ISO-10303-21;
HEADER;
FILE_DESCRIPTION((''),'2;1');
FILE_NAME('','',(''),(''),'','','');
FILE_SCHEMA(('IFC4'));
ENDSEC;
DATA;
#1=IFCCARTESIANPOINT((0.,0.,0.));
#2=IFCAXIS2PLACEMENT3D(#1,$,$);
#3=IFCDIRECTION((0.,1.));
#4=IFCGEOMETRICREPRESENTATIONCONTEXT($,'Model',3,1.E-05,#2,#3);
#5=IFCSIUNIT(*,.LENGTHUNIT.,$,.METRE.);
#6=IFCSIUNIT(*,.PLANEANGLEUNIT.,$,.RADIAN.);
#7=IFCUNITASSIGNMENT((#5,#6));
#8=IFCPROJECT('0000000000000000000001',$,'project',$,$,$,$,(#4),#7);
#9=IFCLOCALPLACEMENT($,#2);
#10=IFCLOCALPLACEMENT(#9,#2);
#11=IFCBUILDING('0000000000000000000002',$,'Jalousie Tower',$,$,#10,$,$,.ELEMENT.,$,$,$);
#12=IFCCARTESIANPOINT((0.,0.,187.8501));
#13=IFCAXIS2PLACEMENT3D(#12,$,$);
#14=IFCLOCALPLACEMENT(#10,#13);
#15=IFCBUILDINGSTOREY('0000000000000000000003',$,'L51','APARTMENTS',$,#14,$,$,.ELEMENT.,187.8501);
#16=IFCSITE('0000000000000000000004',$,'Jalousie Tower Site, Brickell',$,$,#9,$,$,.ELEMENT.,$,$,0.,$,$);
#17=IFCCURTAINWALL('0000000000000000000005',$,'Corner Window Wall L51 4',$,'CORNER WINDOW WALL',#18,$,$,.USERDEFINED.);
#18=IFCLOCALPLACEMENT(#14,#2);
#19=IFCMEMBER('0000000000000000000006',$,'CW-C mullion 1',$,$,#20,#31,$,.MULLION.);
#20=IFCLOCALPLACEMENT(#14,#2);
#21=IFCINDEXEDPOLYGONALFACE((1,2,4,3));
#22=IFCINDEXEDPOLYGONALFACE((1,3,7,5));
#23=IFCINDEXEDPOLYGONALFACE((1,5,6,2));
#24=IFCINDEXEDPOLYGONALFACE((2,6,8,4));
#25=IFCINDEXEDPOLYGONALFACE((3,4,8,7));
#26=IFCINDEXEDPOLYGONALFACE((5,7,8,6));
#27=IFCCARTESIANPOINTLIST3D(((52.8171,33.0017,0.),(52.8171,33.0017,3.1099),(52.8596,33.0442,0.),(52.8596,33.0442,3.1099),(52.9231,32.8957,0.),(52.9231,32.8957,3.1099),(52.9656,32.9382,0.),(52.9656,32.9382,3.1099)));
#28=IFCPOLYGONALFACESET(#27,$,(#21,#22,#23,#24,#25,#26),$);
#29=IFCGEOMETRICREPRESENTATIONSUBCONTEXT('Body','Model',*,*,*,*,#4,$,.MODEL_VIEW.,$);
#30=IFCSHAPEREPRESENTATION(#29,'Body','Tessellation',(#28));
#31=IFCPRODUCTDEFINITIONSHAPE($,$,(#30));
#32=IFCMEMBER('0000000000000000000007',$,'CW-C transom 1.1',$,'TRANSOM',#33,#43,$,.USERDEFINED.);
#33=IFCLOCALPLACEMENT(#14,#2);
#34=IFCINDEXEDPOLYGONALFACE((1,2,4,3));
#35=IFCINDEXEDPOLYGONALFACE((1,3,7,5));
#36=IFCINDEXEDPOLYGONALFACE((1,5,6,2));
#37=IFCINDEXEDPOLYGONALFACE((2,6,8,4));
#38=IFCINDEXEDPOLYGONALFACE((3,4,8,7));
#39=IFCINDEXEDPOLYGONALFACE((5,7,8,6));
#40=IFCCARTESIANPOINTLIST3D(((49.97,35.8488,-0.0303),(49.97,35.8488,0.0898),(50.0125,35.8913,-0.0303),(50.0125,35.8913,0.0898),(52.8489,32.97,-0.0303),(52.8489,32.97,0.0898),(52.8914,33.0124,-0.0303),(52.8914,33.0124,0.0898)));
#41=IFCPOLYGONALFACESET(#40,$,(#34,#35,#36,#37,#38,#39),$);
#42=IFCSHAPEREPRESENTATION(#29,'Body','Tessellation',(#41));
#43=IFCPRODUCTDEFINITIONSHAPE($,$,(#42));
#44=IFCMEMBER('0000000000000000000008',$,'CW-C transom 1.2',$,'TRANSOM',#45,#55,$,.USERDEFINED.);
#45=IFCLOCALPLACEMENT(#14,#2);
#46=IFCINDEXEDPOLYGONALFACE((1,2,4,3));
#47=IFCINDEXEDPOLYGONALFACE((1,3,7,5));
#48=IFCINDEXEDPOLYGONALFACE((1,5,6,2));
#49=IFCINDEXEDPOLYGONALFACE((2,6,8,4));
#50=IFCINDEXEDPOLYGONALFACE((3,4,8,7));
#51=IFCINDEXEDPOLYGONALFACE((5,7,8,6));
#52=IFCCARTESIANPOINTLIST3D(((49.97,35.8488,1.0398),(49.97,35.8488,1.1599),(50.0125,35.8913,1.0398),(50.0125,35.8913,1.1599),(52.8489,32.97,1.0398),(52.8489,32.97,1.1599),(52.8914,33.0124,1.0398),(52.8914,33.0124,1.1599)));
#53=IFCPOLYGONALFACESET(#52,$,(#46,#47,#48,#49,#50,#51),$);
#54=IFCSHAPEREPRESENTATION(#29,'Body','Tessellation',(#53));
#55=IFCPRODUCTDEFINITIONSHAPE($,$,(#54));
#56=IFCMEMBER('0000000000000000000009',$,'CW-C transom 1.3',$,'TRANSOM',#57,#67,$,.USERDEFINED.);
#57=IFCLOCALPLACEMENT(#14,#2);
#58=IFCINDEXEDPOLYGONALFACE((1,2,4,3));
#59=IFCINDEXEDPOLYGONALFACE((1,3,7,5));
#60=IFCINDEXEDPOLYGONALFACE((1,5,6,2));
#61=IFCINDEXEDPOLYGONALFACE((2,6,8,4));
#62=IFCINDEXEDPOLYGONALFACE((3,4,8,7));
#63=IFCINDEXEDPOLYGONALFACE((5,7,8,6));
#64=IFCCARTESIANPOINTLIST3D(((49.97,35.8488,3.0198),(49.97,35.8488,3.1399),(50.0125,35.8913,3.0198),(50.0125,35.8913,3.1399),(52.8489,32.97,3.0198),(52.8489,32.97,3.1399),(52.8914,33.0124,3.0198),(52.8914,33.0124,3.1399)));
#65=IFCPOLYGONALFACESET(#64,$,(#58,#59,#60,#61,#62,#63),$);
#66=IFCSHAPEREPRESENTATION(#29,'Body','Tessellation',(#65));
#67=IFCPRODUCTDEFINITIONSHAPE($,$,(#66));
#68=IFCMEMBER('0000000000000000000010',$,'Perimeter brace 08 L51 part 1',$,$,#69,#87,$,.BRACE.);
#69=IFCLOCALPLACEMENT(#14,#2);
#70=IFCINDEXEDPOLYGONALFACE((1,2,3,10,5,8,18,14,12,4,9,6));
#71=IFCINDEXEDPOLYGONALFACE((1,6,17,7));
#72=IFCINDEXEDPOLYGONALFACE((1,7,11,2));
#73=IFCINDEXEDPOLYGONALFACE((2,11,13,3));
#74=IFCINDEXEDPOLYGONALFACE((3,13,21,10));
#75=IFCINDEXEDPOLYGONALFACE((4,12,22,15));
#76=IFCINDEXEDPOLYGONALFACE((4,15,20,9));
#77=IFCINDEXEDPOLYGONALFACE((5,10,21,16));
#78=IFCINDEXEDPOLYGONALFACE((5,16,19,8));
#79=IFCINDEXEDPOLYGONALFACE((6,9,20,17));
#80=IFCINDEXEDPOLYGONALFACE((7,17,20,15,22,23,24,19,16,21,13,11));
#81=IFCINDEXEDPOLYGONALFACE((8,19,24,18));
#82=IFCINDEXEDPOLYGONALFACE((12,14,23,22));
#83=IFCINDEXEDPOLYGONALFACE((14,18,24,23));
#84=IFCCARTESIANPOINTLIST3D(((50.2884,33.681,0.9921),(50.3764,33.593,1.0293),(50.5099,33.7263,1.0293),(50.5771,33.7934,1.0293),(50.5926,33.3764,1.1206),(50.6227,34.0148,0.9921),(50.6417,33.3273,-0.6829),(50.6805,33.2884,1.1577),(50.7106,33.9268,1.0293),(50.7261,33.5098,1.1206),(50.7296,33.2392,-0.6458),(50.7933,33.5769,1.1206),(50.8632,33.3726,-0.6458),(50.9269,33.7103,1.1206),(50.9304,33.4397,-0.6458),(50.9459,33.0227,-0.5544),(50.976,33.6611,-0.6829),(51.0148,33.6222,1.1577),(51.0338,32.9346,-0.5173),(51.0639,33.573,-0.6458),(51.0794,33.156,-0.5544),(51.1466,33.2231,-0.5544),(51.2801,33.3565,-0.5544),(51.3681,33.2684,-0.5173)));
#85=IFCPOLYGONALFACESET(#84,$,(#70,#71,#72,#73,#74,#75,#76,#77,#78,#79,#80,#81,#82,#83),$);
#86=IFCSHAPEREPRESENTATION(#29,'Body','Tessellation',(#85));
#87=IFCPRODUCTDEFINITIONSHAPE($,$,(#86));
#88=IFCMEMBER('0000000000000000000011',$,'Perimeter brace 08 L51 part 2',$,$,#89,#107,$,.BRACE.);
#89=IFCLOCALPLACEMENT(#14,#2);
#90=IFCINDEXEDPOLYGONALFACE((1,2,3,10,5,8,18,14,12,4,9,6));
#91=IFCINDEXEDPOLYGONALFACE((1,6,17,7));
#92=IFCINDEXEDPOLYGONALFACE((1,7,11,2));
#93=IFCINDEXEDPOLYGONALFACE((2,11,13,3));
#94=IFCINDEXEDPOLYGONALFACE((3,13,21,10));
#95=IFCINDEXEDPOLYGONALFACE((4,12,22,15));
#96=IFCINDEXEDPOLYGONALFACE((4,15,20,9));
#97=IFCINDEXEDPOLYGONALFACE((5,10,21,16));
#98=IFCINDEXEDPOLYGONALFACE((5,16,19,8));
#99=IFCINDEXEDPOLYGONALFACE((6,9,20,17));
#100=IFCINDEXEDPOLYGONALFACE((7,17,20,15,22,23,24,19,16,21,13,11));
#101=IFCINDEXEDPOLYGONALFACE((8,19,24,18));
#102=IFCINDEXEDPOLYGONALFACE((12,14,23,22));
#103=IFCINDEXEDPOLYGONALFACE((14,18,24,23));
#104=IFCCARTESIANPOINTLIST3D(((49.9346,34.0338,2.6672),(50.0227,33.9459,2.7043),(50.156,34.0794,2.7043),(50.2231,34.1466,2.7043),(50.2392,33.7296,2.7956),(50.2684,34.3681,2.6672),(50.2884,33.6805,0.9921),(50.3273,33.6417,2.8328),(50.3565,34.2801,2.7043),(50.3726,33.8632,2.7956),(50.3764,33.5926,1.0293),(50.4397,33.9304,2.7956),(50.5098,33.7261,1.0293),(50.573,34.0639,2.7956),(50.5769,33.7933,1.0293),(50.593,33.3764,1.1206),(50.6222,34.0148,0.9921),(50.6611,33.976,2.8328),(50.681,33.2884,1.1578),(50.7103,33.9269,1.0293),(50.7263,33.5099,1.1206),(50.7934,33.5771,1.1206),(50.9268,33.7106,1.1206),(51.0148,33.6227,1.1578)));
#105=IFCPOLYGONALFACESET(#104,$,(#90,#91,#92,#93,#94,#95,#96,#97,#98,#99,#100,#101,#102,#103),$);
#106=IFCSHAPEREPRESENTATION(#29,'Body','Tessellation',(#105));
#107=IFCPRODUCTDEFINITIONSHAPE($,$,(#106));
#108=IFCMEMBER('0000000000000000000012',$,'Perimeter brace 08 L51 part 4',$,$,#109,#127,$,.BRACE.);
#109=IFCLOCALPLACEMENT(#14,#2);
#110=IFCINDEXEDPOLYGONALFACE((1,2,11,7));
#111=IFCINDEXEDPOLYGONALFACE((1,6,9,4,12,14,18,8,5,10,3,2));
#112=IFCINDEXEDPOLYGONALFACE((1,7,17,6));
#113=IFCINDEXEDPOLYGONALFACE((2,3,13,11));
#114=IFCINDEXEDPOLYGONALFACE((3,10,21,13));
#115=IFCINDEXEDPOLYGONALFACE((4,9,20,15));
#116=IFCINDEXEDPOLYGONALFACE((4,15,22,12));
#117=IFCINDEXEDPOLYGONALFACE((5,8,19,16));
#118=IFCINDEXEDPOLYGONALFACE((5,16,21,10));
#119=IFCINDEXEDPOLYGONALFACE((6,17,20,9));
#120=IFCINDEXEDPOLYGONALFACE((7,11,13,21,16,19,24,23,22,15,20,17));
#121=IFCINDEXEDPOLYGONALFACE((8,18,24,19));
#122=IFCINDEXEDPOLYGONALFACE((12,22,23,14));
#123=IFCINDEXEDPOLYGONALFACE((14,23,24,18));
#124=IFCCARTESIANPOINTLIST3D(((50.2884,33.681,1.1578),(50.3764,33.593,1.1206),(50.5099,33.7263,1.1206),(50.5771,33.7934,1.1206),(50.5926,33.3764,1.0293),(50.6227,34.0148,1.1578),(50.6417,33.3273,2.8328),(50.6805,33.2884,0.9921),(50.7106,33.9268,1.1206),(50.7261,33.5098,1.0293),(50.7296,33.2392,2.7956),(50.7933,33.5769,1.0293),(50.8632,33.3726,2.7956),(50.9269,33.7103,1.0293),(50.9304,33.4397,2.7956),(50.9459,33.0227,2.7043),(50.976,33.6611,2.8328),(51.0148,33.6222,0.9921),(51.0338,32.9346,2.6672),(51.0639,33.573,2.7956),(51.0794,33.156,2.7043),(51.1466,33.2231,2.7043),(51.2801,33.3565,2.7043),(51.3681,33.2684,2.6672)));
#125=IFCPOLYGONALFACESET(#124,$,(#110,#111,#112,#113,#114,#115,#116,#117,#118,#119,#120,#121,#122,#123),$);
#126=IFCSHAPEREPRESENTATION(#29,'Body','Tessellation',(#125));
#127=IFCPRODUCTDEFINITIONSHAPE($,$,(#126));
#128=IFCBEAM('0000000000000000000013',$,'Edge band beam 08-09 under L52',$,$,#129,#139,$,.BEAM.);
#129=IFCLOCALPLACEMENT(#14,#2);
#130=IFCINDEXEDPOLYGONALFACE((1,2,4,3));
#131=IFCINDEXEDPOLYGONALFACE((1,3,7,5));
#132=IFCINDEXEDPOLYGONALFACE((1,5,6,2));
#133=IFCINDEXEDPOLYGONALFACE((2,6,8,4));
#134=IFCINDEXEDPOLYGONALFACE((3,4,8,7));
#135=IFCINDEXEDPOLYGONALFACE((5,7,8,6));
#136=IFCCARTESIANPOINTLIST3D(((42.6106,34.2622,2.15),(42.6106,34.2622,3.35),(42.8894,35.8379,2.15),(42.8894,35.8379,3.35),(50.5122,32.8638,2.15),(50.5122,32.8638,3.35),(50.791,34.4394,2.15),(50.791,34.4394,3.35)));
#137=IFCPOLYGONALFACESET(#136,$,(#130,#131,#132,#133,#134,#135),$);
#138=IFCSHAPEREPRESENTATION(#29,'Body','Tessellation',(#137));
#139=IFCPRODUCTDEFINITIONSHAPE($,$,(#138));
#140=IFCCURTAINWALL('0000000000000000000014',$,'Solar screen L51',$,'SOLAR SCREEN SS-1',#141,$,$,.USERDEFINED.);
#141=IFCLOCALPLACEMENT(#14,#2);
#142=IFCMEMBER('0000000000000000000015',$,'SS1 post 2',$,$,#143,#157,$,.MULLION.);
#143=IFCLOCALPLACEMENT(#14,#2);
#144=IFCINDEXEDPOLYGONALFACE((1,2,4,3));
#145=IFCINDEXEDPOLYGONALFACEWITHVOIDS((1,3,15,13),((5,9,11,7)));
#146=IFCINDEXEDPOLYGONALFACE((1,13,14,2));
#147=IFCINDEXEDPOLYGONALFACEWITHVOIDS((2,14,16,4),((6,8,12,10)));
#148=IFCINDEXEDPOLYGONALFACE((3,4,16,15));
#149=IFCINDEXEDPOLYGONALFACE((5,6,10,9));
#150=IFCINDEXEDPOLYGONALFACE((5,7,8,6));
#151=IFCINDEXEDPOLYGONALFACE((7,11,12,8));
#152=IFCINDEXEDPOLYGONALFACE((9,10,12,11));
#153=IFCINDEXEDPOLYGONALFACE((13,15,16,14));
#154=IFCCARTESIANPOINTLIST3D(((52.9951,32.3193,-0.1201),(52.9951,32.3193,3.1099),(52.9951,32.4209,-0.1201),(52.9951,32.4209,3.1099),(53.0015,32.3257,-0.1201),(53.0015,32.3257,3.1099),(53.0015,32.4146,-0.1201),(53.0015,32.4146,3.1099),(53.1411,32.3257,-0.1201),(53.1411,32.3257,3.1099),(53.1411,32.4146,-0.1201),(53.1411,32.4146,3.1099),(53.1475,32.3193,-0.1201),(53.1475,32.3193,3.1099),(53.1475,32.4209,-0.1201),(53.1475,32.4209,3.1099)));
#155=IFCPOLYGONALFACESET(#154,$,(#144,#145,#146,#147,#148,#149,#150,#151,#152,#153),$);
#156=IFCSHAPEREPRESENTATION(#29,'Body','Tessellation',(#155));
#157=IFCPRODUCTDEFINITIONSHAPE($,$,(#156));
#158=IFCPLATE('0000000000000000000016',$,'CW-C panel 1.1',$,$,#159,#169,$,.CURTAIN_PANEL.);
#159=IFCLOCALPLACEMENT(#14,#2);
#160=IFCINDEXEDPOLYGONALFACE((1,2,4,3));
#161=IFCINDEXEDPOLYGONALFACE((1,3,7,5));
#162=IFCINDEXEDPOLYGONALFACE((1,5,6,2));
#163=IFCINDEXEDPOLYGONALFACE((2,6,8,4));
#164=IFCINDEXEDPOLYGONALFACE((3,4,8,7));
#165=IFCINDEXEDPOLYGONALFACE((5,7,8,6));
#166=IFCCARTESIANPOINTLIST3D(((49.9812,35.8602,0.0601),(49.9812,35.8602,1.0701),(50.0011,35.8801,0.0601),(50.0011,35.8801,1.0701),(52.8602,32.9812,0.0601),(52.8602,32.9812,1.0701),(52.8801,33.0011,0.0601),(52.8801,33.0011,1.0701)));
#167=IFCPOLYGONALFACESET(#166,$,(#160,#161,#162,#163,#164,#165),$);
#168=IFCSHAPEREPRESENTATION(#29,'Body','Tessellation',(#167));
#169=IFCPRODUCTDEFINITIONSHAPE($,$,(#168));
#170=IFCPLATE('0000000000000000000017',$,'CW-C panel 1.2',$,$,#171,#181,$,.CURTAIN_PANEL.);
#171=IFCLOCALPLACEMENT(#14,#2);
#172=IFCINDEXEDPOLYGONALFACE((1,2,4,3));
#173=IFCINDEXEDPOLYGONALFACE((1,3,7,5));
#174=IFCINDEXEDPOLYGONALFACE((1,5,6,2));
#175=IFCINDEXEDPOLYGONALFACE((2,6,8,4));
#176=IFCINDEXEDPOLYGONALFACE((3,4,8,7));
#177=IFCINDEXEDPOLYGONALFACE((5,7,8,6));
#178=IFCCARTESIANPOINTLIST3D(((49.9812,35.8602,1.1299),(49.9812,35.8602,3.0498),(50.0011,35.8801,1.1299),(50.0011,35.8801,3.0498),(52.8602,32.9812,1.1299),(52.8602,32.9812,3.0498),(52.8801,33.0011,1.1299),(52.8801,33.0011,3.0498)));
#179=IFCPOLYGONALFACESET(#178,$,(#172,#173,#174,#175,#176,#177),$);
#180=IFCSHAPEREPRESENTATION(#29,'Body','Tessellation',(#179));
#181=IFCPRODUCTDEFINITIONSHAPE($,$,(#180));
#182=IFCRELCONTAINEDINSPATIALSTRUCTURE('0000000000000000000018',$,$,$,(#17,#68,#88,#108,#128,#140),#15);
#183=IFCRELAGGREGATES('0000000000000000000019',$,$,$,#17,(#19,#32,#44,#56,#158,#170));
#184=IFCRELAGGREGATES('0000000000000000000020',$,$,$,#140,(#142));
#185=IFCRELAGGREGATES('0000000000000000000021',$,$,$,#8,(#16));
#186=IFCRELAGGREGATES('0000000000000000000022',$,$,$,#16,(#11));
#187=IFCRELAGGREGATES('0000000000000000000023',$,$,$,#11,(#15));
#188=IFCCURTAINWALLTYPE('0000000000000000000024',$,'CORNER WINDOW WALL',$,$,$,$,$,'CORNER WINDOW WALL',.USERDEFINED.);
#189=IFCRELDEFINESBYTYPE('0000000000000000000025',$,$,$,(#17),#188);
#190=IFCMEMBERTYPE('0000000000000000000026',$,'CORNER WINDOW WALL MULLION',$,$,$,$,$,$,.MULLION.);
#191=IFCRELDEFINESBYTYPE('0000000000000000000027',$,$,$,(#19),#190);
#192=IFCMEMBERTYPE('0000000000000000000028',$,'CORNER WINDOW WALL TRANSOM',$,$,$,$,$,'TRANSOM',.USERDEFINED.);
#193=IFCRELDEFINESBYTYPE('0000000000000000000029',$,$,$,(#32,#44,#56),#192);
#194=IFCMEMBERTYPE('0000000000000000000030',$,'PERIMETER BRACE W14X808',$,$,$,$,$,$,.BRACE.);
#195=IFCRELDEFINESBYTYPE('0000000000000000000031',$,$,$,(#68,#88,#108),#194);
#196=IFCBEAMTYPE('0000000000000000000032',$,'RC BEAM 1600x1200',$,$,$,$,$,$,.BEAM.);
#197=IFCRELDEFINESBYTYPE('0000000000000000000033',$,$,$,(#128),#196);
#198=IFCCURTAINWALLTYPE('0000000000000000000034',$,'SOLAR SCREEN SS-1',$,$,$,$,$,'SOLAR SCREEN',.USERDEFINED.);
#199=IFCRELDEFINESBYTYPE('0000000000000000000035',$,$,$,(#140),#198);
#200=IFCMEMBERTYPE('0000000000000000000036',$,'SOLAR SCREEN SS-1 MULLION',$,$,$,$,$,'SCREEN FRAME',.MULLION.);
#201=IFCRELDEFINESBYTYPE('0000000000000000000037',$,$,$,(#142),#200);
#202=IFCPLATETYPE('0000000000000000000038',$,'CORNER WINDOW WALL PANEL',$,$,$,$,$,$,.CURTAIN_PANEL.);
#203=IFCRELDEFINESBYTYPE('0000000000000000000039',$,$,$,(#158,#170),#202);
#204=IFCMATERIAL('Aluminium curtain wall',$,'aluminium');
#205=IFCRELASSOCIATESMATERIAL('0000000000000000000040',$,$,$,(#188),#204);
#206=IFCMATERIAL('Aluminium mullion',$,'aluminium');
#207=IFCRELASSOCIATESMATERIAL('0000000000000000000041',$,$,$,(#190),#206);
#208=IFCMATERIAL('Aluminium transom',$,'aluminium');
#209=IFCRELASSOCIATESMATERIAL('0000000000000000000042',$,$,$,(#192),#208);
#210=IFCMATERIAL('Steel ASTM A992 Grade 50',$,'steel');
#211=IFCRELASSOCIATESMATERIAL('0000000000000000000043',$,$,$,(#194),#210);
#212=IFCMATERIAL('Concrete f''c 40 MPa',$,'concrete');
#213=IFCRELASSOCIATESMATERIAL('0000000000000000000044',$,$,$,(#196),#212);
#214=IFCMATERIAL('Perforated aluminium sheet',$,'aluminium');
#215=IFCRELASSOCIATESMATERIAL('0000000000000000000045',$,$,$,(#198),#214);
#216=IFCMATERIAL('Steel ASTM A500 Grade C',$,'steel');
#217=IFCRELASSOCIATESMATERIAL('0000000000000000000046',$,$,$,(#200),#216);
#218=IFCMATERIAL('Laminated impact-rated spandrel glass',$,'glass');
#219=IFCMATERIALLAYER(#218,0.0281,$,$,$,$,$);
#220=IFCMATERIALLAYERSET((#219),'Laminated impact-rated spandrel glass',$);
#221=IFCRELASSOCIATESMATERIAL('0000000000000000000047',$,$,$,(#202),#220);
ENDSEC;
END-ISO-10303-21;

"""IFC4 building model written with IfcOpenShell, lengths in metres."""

from ifc_helpers import new_model, si_unit, direction, frame, origin, origin_2d, place, context, subcontext, project, spatial, rectangle, hollow_rectangle, i_section, extrude, material, layer, layer_set, material_profile, profile_set, type_object, element, aggregate, save


model = new_model("IFC4")

# Units and contexts
model_context = context("Model", 3, precision=1e-05, world=origin(), true_north=direction((0.0, 1.0)))
body_context = subcontext(model_context, "Body", "Model", "MODEL_VIEW")
ifc_project = project(units=[si_unit("LENGTHUNIT", "METRE"), si_unit("PLANEANGLEUNIT", "RADIAN")], contexts=[model_context])

# Site, building, storey
site_placement = place(None, origin())
site = spatial("IfcSite", under=ifc_project, at=site_placement, Name="Jalousie Tower Site, Brickell", CompositionType="ELEMENT", RefElevation=0.0)
building_placement = place(site_placement, origin())
building = spatial("IfcBuilding", under=site, at=building_placement, Name="Jalousie Tower", CompositionType="ELEMENT")
storey_placement = place(building_placement, frame((0.0, 0.0, 187.8501)))
storey = spatial("IfcBuildingStorey", under=building, at=storey_placement, Name="L51", Description="APARTMENTS", CompositionType="ELEMENT", Elevation=187.8501)

# Curtain wall, members
ifc_material_1 = material(Name="Aluminium curtain wall", Category="aluminium")
curtain_wall_type_1 = type_object("IfcCurtainWallType", Name="CORNER WINDOW WALL", ElementType="CORNER WINDOW WALL", PredefinedType="USERDEFINED", material=ifc_material_1)
curtain_wall_1_placement = place(storey_placement, origin())
curtain_wall_1 = element("IfcCurtainWall", 1, at=curtain_wall_1_placement, inside=storey, type_object=curtain_wall_type_1, Name="Corner Window Wall L51 4", ObjectType="CORNER WINDOW WALL", PredefinedType="USERDEFINED")
ifc_material_2 = material(Name="Aluminium mullion", Category="aluminium")
ifc_material_profile_1 = material_profile(ifc_material_2, rectangle(XDim=0.0601, YDim=0.1499, at=origin_2d()), Name="MULLION 60x150")
ifc_profile_set_1 = profile_set([ifc_material_profile_1], Name="Aluminium mullion")
member_type_1 = type_object("IfcMemberType", Name="CORNER WINDOW WALL MULLION", PredefinedType="MULLION", material=ifc_profile_set_1)
member_1_placement = place(storey_placement, frame((52.8914, 32.97, 0.0), z_axis=(0.0, 0.0, 1.0), x_axis=(-0.707107, -0.707107, 0.0)))
member_1 = element("IfcMember", 2, at=member_1_placement, type_object=member_type_1, Name="CW-C mullion 1", PredefinedType="MULLION", context=body_context, shape_type="SweptSolid", body=[
    extrude(rectangle(XDim=0.0601, YDim=0.1499, at=origin_2d()), origin(), (0.0, 0.0, 1.0), 3.1099),
])
ifc_material_3 = material(Name="Aluminium transom", Category="aluminium")
ifc_material_profile_2 = material_profile(ifc_material_3, rectangle(XDim=0.0601, YDim=0.1201, at=origin_2d()), Name="TRANSOM 60x120")
ifc_profile_set_2 = profile_set([ifc_material_profile_2], Name="Aluminium transom")
member_type_2 = type_object("IfcMemberType", Name="CORNER WINDOW WALL TRANSOM", ElementType="TRANSOM", PredefinedType="USERDEFINED", material=ifc_profile_set_2)
member_2_placement = place(storey_placement, frame((52.8701, 32.9912, 0.0298), z_axis=(-0.707107, 0.707107, 0.0), x_axis=(-0.707107, -0.707107, 0.0)))
member_2 = element("IfcMember", 3, at=member_2_placement, type_object=member_type_2, Name="CW-C transom 1.1", ObjectType="TRANSOM", PredefinedType="USERDEFINED", context=body_context, shape_type="SweptSolid", body=[
    extrude(rectangle(XDim=0.0601, YDim=0.1201, at=origin_2d()), origin(), (0.0, 0.0, 1.0), 4.0713),
])
member_3_placement = place(storey_placement, frame((52.8701, 32.9912, 1.0999), z_axis=(-0.707107, 0.707107, 0.0), x_axis=(-0.707107, -0.707107, 0.0)))
member_3 = element("IfcMember", 4, at=member_3_placement, type_object=member_type_2, Name="CW-C transom 1.2", ObjectType="TRANSOM", PredefinedType="USERDEFINED", context=body_context, shape_type="SweptSolid", body=[
    extrude(rectangle(XDim=0.0601, YDim=0.1201, at=origin_2d()), origin(), (0.0, 0.0, 1.0), 4.0713),
])
member_4_placement = place(storey_placement, frame((52.8701, 32.9912, 3.0798), z_axis=(-0.707107, 0.707107, 0.0), x_axis=(-0.707107, -0.707107, 0.0)))
member_4 = element("IfcMember", 5, at=member_4_placement, type_object=member_type_2, Name="CW-C transom 1.3", ObjectType="TRANSOM", PredefinedType="USERDEFINED", context=body_context, shape_type="SweptSolid", body=[
    extrude(rectangle(XDim=0.0601, YDim=0.1201, at=origin_2d()), origin(), (0.0, 0.0, 1.0), 4.0713),
])

# Members
ifc_material_4 = material(Name="Steel ASTM A992 Grade 50", Category="steel")
ifc_material_profile_3 = material_profile(ifc_material_4, i_section(OverallWidth=0.4724, OverallDepth=0.5791, WebThickness=0.095, FlangeThickness=0.1299, at=origin_2d()), Name="W14X808")
ifc_profile_set_3 = profile_set([ifc_material_profile_3], Name="Steel ASTM A992 Grade 50")
member_type_3 = type_object("IfcMemberType", Name="PERIMETER BRACE W14X808", PredefinedType="BRACE", material=ifc_profile_set_3)
for number, where, z_axis, x_axis, name in (
    (6, (51.0049, 33.2979, -0.6001), (-0.202093, 0.202372, 0.95823), (-0.707595, -0.706618, 0.0), "Perimeter brace 08 L51 part 1"),
    (7, (50.6516, 33.6516, 1.075), (-0.202372, 0.202093, 0.95823), (-0.706618, -0.707595, 0.0), "Perimeter brace 08 L51 part 2"),
    (8, (50.6516, 33.6516, 1.075), (0.202093, -0.202372, 0.95823), (0.707595, 0.706618, 0.0), "Perimeter brace 08 L51 part 4"),
):
    element("IfcMember", number, at=place(storey_placement, frame(where, z_axis=z_axis, x_axis=x_axis)), inside=storey, type_object=member_type_3, Name=name, PredefinedType="BRACE", context=body_context, shape_type="SweptSolid", body=[
        extrude(i_section(OverallWidth=0.4724, OverallDepth=0.5791, WebThickness=0.095, FlangeThickness=0.1299, at=origin_2d()), origin(), (0.0, 0.0, 1.0), 1.748),
    ])

# Beam
ifc_material_5 = material(Name="Concrete f'c 40 MPa", Category="concrete")
ifc_material_profile_4 = material_profile(ifc_material_5, rectangle(XDim=1.6001, YDim=1.2, at=origin_2d()), Name="RC 1600x1200")
ifc_profile_set_4 = profile_set([ifc_material_profile_4], Name="Concrete f'c 40 MPa")
beam_type = type_object("IfcBeamType", Name="RC BEAM 1600x1200", PredefinedType="BEAM", material=ifc_profile_set_4)
beam_placement = place(storey_placement, frame((50.6516, 33.6516, 2.75), z_axis=(-0.984697, 0.174273, 0.0), x_axis=(-0.174273, -0.984697, 0.0)))
element("IfcBeam", 9, at=beam_placement, inside=storey, type_object=beam_type, Name="Edge band beam 08-09 under L52", PredefinedType="BEAM", context=body_context, shape_type="SweptSolid", body=[
    extrude(rectangle(XDim=1.6001, YDim=1.2, at=origin_2d()), origin(), (0.0, 0.0, 1.0), 8.0244),
])

# Curtain wall, member
ifc_material_6 = material(Name="Perforated aluminium sheet", Category="aluminium")
curtain_wall_type_2 = type_object("IfcCurtainWallType", Name="SOLAR SCREEN SS-1", ElementType="SOLAR SCREEN", PredefinedType="USERDEFINED", material=ifc_material_6)
curtain_wall_2_placement = place(storey_placement, origin())
curtain_wall_2 = element("IfcCurtainWall", 10, at=curtain_wall_2_placement, inside=storey, type_object=curtain_wall_type_2, Name="Solar screen L51", ObjectType="SOLAR SCREEN SS-1", PredefinedType="USERDEFINED")
ifc_material_7 = material(Name="Steel ASTM A500 Grade C", Category="steel")
ifc_material_profile_5 = material_profile(ifc_material_7, hollow_rectangle(XDim=0.1016, YDim=0.1523, WallThickness=0.0063, at=origin_2d()), Name="HSS6X4X1/4")
ifc_profile_set_5 = profile_set([ifc_material_profile_5], Name="Steel ASTM A500 Grade C")
member_type_4 = type_object("IfcMemberType", Name="SOLAR SCREEN SS-1 MULLION", ElementType="SCREEN FRAME", PredefinedType="MULLION", material=ifc_profile_set_5)
member_5_placement = place(storey_placement, frame((53.0713, 32.3701, -0.1201), z_axis=(0.0, 0.0, 1.0), x_axis=(0.0, 1.0, 0.0)))
member_5 = element("IfcMember", 11, at=member_5_placement, type_object=member_type_4, Name="SS1 post 2", PredefinedType="MULLION", context=body_context, shape_type="SweptSolid", body=[
    extrude(hollow_rectangle(XDim=0.1016, YDim=0.1523, WallThickness=0.0063, at=origin_2d()), origin(), (0.0, 0.0, 1.0), 3.23),
])

# Plates
ifc_material_8 = material(Name="Laminated impact-rated spandrel glass", Category="glass")
ifc_layer_1 = layer(ifc_material_8, 0.0281)
ifc_layer_set_1 = layer_set([ifc_layer_1], Name="Laminated impact-rated spandrel glass")
plate_type_1 = type_object("IfcPlateType", Name="CORNER WINDOW WALL PANEL", PredefinedType="CURTAIN_PANEL", material=ifc_layer_set_1)
plate_1_placement = place(storey_placement, frame((51.4307, 34.4307, 0.0601), z_axis=(0.0, 0.0, 1.0), x_axis=(-0.707107, 0.707107, 0.0)))
plate_1 = element("IfcPlate", 12, at=plate_1_placement, type_object=plate_type_1, Name="CW-C panel 1.1", PredefinedType="CURTAIN_PANEL", context=body_context, shape_type="SweptSolid", body=[
    extrude(rectangle(XDim=4.0715, YDim=0.0281, at=origin_2d()), origin(), (0.0, 0.0, 1.0), 1.01),
])
plate_2_placement = place(storey_placement, frame((51.4307, 34.4307, 1.1299), z_axis=(0.0, 0.0, 1.0), x_axis=(-0.707107, 0.707107, 0.0)))
plate_2 = element("IfcPlate", 13, at=plate_2_placement, type_object=plate_type_1, Name="CW-C panel 1.2", PredefinedType="CURTAIN_PANEL", context=body_context, shape_type="SweptSolid", body=[
    extrude(rectangle(XDim=4.0715, YDim=0.0281, at=origin_2d()), origin(), (0.0, 0.0, 1.0), 1.9199),
])
aggregate(curtain_wall_1, [member_1, member_2, member_3, member_4, plate_1, plate_2])
aggregate(curtain_wall_2, [member_5])

save(model, "model.ifc")
